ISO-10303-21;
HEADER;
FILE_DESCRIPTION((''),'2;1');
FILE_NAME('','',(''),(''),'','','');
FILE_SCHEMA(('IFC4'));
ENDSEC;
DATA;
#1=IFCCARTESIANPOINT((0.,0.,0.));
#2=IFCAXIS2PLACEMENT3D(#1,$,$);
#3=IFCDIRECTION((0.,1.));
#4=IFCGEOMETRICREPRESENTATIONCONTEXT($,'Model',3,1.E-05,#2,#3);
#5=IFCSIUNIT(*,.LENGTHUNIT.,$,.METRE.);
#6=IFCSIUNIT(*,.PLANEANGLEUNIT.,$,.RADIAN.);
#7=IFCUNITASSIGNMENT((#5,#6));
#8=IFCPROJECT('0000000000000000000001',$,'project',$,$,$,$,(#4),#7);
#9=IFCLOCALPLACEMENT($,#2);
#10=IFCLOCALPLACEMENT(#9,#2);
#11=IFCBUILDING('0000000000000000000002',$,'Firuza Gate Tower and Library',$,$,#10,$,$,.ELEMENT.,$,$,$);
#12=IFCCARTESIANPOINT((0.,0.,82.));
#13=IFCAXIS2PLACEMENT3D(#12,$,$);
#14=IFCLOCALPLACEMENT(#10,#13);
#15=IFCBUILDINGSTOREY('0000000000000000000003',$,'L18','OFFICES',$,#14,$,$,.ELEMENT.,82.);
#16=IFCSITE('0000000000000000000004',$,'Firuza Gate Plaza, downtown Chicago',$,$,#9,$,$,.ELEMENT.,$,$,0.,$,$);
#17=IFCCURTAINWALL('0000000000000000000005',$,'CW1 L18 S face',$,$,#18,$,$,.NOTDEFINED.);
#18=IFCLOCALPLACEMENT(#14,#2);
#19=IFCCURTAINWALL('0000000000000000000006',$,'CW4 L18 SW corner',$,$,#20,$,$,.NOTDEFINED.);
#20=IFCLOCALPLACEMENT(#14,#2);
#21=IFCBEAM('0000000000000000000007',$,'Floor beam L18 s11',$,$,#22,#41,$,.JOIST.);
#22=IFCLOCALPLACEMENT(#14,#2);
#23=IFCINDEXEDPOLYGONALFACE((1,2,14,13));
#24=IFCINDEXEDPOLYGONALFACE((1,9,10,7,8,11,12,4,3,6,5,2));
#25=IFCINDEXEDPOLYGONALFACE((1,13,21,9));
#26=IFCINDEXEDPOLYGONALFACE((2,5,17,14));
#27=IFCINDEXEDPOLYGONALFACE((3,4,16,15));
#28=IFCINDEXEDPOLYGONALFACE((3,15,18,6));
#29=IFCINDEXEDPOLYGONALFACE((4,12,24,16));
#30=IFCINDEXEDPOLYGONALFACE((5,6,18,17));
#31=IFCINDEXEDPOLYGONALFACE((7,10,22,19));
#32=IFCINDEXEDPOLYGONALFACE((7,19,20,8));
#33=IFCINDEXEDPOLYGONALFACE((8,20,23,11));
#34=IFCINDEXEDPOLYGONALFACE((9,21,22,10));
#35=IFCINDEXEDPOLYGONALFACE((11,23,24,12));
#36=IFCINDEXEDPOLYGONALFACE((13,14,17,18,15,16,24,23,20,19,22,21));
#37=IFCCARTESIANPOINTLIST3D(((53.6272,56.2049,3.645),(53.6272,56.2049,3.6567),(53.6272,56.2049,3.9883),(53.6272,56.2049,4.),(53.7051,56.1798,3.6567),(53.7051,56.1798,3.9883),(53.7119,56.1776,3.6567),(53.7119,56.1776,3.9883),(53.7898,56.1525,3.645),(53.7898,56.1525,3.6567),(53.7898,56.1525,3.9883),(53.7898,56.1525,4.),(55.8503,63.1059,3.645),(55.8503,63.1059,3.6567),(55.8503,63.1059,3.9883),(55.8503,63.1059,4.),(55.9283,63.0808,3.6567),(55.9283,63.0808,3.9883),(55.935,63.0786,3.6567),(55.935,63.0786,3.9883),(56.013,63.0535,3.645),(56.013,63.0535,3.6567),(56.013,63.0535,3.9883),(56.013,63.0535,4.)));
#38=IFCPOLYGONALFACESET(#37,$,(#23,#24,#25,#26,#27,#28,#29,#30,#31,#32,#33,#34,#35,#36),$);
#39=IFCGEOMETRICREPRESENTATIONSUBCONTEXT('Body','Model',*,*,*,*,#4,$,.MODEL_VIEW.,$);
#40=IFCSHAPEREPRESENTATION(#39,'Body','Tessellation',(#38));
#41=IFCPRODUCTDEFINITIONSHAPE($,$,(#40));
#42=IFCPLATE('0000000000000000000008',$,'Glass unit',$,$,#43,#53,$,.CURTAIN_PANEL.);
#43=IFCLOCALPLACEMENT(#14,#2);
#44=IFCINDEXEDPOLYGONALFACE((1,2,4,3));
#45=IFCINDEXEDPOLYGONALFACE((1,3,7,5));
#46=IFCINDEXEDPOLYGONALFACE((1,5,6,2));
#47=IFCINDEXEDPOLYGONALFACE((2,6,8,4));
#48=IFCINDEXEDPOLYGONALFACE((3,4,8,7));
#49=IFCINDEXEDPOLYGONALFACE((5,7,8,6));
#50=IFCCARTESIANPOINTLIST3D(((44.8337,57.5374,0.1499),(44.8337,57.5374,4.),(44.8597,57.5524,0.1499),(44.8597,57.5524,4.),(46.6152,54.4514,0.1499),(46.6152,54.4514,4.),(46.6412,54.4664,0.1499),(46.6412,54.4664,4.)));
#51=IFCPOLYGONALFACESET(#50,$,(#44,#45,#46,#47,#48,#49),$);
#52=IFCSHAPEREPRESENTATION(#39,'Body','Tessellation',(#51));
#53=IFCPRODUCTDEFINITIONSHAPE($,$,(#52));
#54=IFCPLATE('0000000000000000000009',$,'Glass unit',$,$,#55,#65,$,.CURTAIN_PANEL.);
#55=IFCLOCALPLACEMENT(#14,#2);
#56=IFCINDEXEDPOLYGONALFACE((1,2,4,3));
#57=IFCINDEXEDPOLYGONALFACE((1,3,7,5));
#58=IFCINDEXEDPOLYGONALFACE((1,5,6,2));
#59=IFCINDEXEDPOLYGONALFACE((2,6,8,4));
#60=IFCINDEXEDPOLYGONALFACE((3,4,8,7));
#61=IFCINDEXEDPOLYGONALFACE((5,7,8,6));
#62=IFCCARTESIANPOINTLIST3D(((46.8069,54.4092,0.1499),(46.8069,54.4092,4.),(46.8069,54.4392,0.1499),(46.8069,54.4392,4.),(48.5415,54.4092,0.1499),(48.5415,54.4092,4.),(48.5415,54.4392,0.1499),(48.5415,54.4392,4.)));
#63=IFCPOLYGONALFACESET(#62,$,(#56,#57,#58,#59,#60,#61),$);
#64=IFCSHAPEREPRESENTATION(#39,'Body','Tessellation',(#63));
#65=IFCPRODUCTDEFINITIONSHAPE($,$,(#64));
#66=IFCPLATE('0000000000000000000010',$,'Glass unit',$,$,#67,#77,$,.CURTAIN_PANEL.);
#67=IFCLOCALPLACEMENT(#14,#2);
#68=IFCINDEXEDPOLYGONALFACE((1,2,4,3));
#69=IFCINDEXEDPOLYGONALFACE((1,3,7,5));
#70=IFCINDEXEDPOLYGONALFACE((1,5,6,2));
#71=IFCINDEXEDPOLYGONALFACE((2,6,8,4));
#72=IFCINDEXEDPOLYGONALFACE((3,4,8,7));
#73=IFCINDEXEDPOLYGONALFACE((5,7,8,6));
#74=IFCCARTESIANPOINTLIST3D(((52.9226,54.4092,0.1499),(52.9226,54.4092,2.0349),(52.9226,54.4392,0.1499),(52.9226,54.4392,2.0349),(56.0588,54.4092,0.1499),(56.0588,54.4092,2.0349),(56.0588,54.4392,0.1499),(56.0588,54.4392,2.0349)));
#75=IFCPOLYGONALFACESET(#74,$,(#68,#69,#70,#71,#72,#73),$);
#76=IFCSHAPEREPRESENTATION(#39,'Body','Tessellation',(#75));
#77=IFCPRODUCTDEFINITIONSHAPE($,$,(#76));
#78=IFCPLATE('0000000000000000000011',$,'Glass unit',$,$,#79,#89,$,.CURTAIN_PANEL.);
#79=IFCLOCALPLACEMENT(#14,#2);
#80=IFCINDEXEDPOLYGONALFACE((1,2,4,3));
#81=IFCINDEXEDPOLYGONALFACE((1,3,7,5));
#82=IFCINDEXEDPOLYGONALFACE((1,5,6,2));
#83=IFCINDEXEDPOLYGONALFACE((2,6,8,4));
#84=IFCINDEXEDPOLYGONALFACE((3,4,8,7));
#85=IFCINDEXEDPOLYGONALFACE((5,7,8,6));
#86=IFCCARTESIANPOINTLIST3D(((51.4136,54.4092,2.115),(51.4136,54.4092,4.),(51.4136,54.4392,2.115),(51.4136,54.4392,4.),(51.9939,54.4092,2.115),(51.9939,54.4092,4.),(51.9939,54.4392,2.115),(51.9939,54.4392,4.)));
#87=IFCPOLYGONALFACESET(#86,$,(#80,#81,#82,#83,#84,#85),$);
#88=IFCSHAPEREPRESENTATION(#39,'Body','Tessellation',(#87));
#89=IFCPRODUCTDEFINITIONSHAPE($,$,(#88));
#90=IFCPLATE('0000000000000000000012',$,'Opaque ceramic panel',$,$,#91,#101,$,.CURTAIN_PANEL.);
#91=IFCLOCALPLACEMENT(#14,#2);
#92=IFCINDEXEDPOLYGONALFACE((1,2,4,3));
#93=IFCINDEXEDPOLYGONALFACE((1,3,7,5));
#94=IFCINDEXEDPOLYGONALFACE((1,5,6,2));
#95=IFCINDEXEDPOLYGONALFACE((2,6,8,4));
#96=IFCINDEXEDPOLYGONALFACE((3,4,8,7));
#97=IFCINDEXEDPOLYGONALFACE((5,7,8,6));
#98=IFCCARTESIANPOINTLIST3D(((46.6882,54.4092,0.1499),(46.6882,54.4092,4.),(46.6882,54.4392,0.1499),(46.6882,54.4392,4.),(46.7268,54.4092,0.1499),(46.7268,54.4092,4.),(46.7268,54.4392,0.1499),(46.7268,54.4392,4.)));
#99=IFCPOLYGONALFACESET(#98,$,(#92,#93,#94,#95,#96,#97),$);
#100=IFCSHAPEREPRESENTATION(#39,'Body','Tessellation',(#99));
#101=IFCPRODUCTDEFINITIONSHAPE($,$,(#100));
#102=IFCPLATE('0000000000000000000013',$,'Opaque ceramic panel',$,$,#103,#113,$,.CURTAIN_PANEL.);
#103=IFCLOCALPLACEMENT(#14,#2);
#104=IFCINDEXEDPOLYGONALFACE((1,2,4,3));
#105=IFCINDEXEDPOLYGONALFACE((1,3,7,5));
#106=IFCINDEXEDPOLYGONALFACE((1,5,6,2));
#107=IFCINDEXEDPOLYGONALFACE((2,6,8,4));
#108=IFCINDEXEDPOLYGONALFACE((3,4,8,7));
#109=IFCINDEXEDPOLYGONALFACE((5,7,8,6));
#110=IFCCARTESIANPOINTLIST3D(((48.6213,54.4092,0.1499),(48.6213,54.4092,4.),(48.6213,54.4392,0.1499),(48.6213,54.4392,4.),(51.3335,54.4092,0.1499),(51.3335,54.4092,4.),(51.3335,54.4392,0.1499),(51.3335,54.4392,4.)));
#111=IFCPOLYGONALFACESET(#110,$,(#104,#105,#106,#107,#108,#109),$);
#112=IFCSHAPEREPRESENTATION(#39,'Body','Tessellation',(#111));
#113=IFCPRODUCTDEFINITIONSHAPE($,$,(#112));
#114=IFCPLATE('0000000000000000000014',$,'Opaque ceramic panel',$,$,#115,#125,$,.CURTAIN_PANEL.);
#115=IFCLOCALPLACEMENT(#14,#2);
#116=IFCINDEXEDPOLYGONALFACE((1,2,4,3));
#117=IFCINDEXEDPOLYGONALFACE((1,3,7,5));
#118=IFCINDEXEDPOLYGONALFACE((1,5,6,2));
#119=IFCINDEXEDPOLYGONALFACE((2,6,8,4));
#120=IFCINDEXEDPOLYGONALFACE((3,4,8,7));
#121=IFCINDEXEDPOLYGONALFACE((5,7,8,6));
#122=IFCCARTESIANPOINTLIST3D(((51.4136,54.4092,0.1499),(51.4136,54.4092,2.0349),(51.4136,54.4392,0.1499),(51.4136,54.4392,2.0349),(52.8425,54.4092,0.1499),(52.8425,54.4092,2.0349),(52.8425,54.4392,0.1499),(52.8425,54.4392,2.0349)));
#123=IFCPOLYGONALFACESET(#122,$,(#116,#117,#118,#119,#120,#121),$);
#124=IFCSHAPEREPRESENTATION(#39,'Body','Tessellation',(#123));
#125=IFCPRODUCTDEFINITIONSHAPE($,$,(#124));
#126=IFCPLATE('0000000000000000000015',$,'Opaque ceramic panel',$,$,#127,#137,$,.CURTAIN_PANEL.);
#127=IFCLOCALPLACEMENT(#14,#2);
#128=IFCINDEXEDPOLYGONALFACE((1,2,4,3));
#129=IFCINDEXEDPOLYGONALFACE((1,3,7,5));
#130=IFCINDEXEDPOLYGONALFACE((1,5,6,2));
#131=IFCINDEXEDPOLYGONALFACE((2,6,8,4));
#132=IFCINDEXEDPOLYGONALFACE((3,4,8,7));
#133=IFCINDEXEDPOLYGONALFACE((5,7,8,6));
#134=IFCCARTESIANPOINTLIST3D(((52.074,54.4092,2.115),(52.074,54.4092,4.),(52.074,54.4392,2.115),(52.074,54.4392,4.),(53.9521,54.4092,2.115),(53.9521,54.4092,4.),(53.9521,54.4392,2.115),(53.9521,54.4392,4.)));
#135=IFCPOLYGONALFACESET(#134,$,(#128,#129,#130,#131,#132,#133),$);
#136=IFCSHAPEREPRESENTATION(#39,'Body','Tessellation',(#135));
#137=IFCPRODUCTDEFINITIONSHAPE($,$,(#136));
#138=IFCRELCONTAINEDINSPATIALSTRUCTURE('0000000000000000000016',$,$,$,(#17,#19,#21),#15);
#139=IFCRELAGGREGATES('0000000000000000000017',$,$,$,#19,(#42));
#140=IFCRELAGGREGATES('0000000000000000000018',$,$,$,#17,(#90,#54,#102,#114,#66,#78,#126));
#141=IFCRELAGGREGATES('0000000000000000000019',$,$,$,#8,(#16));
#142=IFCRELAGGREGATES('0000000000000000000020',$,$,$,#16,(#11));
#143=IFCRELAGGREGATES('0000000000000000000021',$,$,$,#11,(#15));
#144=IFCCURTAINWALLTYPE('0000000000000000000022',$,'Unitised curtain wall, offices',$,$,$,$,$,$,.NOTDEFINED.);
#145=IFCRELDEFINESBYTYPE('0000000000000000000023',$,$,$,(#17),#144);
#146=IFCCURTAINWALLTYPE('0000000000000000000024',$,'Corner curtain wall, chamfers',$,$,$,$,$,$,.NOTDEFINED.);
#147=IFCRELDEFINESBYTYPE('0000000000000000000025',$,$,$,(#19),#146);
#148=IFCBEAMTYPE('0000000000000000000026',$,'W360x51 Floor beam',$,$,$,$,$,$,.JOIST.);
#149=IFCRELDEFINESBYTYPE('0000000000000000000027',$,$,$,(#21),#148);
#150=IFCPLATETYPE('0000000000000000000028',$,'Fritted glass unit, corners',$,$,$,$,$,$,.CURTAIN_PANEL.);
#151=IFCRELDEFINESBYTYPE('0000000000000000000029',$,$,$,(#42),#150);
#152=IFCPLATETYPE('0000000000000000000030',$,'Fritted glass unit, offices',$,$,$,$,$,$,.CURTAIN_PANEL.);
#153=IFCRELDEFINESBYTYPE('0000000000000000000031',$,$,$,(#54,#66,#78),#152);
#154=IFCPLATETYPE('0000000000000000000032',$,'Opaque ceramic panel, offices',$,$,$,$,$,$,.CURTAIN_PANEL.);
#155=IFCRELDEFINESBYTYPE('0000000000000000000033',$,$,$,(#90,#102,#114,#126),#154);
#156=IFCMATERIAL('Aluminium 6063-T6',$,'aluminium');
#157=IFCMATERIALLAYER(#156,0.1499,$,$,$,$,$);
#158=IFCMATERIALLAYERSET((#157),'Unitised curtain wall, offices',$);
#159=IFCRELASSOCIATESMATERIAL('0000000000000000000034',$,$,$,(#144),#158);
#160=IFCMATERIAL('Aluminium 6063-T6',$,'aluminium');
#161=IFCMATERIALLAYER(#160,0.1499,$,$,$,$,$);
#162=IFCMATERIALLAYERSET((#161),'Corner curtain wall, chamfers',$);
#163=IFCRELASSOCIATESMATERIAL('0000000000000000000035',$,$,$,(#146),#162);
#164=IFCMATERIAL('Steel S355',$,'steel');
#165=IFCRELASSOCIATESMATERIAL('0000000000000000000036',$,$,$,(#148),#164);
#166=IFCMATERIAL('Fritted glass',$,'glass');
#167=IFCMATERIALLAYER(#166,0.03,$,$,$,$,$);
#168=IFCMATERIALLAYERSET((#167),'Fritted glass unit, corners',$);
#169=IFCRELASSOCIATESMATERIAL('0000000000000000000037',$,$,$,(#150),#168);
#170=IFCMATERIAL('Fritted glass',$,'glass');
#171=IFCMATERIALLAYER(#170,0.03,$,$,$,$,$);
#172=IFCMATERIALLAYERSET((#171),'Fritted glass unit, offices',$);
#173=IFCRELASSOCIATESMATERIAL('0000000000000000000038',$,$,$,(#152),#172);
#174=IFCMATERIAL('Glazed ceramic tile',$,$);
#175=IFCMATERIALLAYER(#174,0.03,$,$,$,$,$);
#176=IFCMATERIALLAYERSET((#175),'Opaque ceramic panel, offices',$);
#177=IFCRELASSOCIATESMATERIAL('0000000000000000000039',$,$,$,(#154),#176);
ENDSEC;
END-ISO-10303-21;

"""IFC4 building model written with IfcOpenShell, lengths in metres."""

from ifc_helpers import new_model, si_unit, direction, frame, origin, origin_2d, place, context, subcontext, project, spatial, polyline, i_section, outline, extrude, material, layer, layer_set, material_profile, profile_set, type_object, element, aggregate, save


model = new_model("IFC4")

# Units and contexts
model_context = context("Model", 3, precision=1e-05, world=origin(), true_north=direction((0.0, 1.0)))
body_context = subcontext(model_context, "Body", "Model", "MODEL_VIEW")
ifc_project = project(units=[si_unit("LENGTHUNIT", "METRE"), si_unit("PLANEANGLEUNIT", "RADIAN")], contexts=[model_context])

# Site, building, storey
site_placement = place(None, origin())
site = spatial("IfcSite", under=ifc_project, at=site_placement, Name="Firuza Gate Plaza, downtown Chicago", CompositionType="ELEMENT", RefElevation=0.0)
building_placement = place(site_placement, origin())
building = spatial("IfcBuilding", under=site, at=building_placement, Name="Firuza Gate Tower and Library", CompositionType="ELEMENT")
storey_placement = place(building_placement, frame((0.0, 0.0, 82.0)))
storey = spatial("IfcBuildingStorey", under=building, at=storey_placement, Name="L18", Description="OFFICES", CompositionType="ELEMENT", Elevation=82.0)

# Curtain walls
ifc_material_1 = material(Name="Aluminium 6063-T6", Category="aluminium")
ifc_layer_1 = layer(ifc_material_1, 0.1499)
ifc_layer_set_1 = layer_set([ifc_layer_1], Name="Unitised curtain wall, offices")
curtain_wall_type_1 = type_object("IfcCurtainWallType", Name="Unitised curtain wall, offices", PredefinedType="NOTDEFINED", material=ifc_layer_set_1)
placement_1 = place(storey_placement, origin())
curtain_wall_1 = element("IfcCurtainWall", 1, at=placement_1, inside=storey, type_object=curtain_wall_type_1, Name="CW1 L18 S face", PredefinedType="NOTDEFINED")
ifc_material_2 = material(Name="Aluminium 6063-T6", Category="aluminium")
ifc_layer_2 = layer(ifc_material_2, 0.1499)
ifc_layer_set_2 = layer_set([ifc_layer_2], Name="Corner curtain wall, chamfers")
curtain_wall_type_2 = type_object("IfcCurtainWallType", Name="Corner curtain wall, chamfers", PredefinedType="NOTDEFINED", material=ifc_layer_set_2)
curtain_wall_2 = element("IfcCurtainWall", 2, at=placement_1, inside=storey, type_object=curtain_wall_type_2, Name="CW4 L18 SW corner", PredefinedType="NOTDEFINED")

# Beam
ifc_material_3 = material(Name="Steel S355", Category="steel")
ifc_material_profile_1 = material_profile(ifc_material_3, i_section(OverallWidth=0.1709, OverallDepth=0.355, WebThickness=0.0071, FlangeThickness=0.0117, at=origin_2d()))
ifc_profile_set_1 = profile_set([ifc_material_profile_1], Name="Steel S355")
beam_type_1 = type_object("IfcBeamType", Name="W360x51 Floor beam", PredefinedType="JOIST", material=ifc_profile_set_1)
beam_1_placement = place(storey_placement, frame((53.7085, 56.1787, 3.8225), z_axis=(0.306635, 0.951827, 0.0), x_axis=(-0.951827, 0.306635, 0.0)))
element("IfcBeam", 3, at=beam_1_placement, inside=storey, type_object=beam_type_1, Name="Floor beam L18 s11", PredefinedType="JOIST", context=body_context, shape_type="SweptSolid", body=[
    extrude(i_section(OverallWidth=0.1709, OverallDepth=0.355, WebThickness=0.0071, FlangeThickness=0.0117, at=origin_2d()), origin(), (0.0, 0.0, 1.0), 7.2502),
])

# Plates
ifc_material_4 = material(Name="Fritted glass", Category="glass")
ifc_layer_3 = layer(ifc_material_4, 0.03)
ifc_layer_set_3 = layer_set([ifc_layer_3], Name="Fritted glass unit, corners")
plate_type_1 = type_object("IfcPlateType", Name="Fritted glass unit, corners", PredefinedType="CURTAIN_PANEL", material=ifc_layer_set_3)
plate_1_placement = place(storey_placement, frame((44.8337, 57.5374, 0.1499), z_axis=(-0.866046, -0.499964, 0.0), x_axis=(0.499964, -0.866046, 0.0)))
plate_1 = element("IfcPlate", 4, at=plate_1_placement, type_object=plate_type_1, Name="Glass unit", PredefinedType="CURTAIN_PANEL", context=body_context, shape_type="SweptSolid", body=[
    extrude(outline(polyline([(0.0, 0.0), (3.5632, 0.0), (3.5632, 3.8501), (0.0, 3.8501), (0.0, 0.0)])), origin(), (0.0, 0.0, -1.0), 0.03),
])
aggregate(curtain_wall_2, [plate_1])
ifc_material_5 = material(Name="Fritted glass", Category="glass")
ifc_layer_4 = layer(ifc_material_5, 0.03)
ifc_layer_set_4 = layer_set([ifc_layer_4], Name="Fritted glass unit, offices")
plate_type_2 = type_object("IfcPlateType", Name="Fritted glass unit, offices", PredefinedType="CURTAIN_PANEL", material=ifc_layer_set_4)
plate_2_placement = place(storey_placement, frame((46.8069, 54.4092, 0.1499), z_axis=(0.0, -1.0, 0.0), x_axis=(1.0, 0.0, 0.0)))
plate_2 = element("IfcPlate", 5, at=plate_2_placement, type_object=plate_type_2, Name="Glass unit", PredefinedType="CURTAIN_PANEL", context=body_context, shape_type="SweptSolid", body=[
    extrude(outline(polyline([(0.0, 0.0), (1.7346, 0.0), (1.7346, 3.8501), (0.0, 3.8501), (0.0, 0.0)])), origin(), (0.0, 0.0, -1.0), 0.03),
])
plate_3_placement = place(storey_placement, frame((52.9226, 54.4092, 0.1499), z_axis=(0.0, -1.0, 0.0), x_axis=(1.0, 0.0, 0.0)))
plate_3 = element("IfcPlate", 6, at=plate_3_placement, type_object=plate_type_2, Name="Glass unit", PredefinedType="CURTAIN_PANEL", context=body_context, shape_type="SweptSolid", body=[
    extrude(outline(polyline([(0.0, 0.0), (3.1362, 0.0), (3.1362, 1.885), (0.0, 1.885), (0.0, 0.0)])), origin(), (0.0, 0.0, -1.0), 0.03),
])
plate_4_placement = place(storey_placement, frame((51.4136, 54.4092, 2.115), z_axis=(0.0, -1.0, 0.0), x_axis=(1.0, 0.0, 0.0)))
plate_4 = element("IfcPlate", 7, at=plate_4_placement, type_object=plate_type_2, Name="Glass unit", PredefinedType="CURTAIN_PANEL", context=body_context, shape_type="SweptSolid", body=[
    extrude(outline(polyline([(0.0, 0.0), (0.5803, 0.0), (0.5803, 1.885), (0.0, 1.885), (0.0, 0.0)])), origin(), (0.0, 0.0, -1.0), 0.03),
])
ifc_material_6 = material(Name="Glazed ceramic tile")
ifc_layer_5 = layer(ifc_material_6, 0.03)
ifc_layer_set_5 = layer_set([ifc_layer_5], Name="Opaque ceramic panel, offices")
plate_type_3 = type_object("IfcPlateType", Name="Opaque ceramic panel, offices", PredefinedType="CURTAIN_PANEL", material=ifc_layer_set_5)
plate_5_placement = place(storey_placement, frame((46.6882, 54.4092, 0.1499), z_axis=(0.0, -1.0, 0.0), x_axis=(1.0, 0.0, 0.0)))
plate_5 = element("IfcPlate", 8, at=plate_5_placement, type_object=plate_type_3, Name="Opaque ceramic panel", PredefinedType="CURTAIN_PANEL", context=body_context, shape_type="SweptSolid", body=[
    extrude(outline(polyline([(0.0, 0.0), (0.0386, 0.0), (0.0386, 3.8501), (0.0, 3.8501), (0.0, 0.0)])), origin(), (0.0, 0.0, -1.0), 0.03),
])
plate_6_placement = place(storey_placement, frame((48.6213, 54.4092, 0.1499), z_axis=(0.0, -1.0, 0.0), x_axis=(1.0, 0.0, 0.0)))
plate_6 = element("IfcPlate", 9, at=plate_6_placement, type_object=plate_type_3, Name="Opaque ceramic panel", PredefinedType="CURTAIN_PANEL", context=body_context, shape_type="SweptSolid", body=[
    extrude(outline(polyline([(0.0, 0.0), (2.7122, 0.0), (2.7122, 3.8501), (0.0, 3.8501), (0.0, 0.0)])), origin(), (0.0, 0.0, -1.0), 0.03),
])
plate_7_placement = place(storey_placement, frame((51.4136, 54.4092, 0.1499), z_axis=(0.0, -1.0, 0.0), x_axis=(1.0, 0.0, 0.0)))
plate_7 = element("IfcPlate", 10, at=plate_7_placement, type_object=plate_type_3, Name="Opaque ceramic panel", PredefinedType="CURTAIN_PANEL", context=body_context, shape_type="SweptSolid", body=[
    extrude(outline(polyline([(0.0, 0.0), (1.429, 0.0), (1.429, 1.885), (0.0, 1.885), (0.0, 0.0)])), origin(), (0.0, 0.0, -1.0), 0.03),
])
plate_8_placement = place(storey_placement, frame((52.074, 54.4092, 2.115), z_axis=(0.0, -1.0, 0.0), x_axis=(1.0, 0.0, 0.0)))
plate_8 = element("IfcPlate", 11, at=plate_8_placement, type_object=plate_type_3, Name="Opaque ceramic panel", PredefinedType="CURTAIN_PANEL", context=body_context, shape_type="SweptSolid", body=[
    extrude(outline(polyline([(0.0, 0.0), (1.8782, 0.0), (1.8782, 1.885), (0.0, 1.885), (0.0, 0.0)])), origin(), (0.0, 0.0, -1.0), 0.03),
])
aggregate(curtain_wall_1, [plate_5, plate_2, plate_6, plate_7, plate_3, plate_4, plate_8])

save(model, "model.ifc")
